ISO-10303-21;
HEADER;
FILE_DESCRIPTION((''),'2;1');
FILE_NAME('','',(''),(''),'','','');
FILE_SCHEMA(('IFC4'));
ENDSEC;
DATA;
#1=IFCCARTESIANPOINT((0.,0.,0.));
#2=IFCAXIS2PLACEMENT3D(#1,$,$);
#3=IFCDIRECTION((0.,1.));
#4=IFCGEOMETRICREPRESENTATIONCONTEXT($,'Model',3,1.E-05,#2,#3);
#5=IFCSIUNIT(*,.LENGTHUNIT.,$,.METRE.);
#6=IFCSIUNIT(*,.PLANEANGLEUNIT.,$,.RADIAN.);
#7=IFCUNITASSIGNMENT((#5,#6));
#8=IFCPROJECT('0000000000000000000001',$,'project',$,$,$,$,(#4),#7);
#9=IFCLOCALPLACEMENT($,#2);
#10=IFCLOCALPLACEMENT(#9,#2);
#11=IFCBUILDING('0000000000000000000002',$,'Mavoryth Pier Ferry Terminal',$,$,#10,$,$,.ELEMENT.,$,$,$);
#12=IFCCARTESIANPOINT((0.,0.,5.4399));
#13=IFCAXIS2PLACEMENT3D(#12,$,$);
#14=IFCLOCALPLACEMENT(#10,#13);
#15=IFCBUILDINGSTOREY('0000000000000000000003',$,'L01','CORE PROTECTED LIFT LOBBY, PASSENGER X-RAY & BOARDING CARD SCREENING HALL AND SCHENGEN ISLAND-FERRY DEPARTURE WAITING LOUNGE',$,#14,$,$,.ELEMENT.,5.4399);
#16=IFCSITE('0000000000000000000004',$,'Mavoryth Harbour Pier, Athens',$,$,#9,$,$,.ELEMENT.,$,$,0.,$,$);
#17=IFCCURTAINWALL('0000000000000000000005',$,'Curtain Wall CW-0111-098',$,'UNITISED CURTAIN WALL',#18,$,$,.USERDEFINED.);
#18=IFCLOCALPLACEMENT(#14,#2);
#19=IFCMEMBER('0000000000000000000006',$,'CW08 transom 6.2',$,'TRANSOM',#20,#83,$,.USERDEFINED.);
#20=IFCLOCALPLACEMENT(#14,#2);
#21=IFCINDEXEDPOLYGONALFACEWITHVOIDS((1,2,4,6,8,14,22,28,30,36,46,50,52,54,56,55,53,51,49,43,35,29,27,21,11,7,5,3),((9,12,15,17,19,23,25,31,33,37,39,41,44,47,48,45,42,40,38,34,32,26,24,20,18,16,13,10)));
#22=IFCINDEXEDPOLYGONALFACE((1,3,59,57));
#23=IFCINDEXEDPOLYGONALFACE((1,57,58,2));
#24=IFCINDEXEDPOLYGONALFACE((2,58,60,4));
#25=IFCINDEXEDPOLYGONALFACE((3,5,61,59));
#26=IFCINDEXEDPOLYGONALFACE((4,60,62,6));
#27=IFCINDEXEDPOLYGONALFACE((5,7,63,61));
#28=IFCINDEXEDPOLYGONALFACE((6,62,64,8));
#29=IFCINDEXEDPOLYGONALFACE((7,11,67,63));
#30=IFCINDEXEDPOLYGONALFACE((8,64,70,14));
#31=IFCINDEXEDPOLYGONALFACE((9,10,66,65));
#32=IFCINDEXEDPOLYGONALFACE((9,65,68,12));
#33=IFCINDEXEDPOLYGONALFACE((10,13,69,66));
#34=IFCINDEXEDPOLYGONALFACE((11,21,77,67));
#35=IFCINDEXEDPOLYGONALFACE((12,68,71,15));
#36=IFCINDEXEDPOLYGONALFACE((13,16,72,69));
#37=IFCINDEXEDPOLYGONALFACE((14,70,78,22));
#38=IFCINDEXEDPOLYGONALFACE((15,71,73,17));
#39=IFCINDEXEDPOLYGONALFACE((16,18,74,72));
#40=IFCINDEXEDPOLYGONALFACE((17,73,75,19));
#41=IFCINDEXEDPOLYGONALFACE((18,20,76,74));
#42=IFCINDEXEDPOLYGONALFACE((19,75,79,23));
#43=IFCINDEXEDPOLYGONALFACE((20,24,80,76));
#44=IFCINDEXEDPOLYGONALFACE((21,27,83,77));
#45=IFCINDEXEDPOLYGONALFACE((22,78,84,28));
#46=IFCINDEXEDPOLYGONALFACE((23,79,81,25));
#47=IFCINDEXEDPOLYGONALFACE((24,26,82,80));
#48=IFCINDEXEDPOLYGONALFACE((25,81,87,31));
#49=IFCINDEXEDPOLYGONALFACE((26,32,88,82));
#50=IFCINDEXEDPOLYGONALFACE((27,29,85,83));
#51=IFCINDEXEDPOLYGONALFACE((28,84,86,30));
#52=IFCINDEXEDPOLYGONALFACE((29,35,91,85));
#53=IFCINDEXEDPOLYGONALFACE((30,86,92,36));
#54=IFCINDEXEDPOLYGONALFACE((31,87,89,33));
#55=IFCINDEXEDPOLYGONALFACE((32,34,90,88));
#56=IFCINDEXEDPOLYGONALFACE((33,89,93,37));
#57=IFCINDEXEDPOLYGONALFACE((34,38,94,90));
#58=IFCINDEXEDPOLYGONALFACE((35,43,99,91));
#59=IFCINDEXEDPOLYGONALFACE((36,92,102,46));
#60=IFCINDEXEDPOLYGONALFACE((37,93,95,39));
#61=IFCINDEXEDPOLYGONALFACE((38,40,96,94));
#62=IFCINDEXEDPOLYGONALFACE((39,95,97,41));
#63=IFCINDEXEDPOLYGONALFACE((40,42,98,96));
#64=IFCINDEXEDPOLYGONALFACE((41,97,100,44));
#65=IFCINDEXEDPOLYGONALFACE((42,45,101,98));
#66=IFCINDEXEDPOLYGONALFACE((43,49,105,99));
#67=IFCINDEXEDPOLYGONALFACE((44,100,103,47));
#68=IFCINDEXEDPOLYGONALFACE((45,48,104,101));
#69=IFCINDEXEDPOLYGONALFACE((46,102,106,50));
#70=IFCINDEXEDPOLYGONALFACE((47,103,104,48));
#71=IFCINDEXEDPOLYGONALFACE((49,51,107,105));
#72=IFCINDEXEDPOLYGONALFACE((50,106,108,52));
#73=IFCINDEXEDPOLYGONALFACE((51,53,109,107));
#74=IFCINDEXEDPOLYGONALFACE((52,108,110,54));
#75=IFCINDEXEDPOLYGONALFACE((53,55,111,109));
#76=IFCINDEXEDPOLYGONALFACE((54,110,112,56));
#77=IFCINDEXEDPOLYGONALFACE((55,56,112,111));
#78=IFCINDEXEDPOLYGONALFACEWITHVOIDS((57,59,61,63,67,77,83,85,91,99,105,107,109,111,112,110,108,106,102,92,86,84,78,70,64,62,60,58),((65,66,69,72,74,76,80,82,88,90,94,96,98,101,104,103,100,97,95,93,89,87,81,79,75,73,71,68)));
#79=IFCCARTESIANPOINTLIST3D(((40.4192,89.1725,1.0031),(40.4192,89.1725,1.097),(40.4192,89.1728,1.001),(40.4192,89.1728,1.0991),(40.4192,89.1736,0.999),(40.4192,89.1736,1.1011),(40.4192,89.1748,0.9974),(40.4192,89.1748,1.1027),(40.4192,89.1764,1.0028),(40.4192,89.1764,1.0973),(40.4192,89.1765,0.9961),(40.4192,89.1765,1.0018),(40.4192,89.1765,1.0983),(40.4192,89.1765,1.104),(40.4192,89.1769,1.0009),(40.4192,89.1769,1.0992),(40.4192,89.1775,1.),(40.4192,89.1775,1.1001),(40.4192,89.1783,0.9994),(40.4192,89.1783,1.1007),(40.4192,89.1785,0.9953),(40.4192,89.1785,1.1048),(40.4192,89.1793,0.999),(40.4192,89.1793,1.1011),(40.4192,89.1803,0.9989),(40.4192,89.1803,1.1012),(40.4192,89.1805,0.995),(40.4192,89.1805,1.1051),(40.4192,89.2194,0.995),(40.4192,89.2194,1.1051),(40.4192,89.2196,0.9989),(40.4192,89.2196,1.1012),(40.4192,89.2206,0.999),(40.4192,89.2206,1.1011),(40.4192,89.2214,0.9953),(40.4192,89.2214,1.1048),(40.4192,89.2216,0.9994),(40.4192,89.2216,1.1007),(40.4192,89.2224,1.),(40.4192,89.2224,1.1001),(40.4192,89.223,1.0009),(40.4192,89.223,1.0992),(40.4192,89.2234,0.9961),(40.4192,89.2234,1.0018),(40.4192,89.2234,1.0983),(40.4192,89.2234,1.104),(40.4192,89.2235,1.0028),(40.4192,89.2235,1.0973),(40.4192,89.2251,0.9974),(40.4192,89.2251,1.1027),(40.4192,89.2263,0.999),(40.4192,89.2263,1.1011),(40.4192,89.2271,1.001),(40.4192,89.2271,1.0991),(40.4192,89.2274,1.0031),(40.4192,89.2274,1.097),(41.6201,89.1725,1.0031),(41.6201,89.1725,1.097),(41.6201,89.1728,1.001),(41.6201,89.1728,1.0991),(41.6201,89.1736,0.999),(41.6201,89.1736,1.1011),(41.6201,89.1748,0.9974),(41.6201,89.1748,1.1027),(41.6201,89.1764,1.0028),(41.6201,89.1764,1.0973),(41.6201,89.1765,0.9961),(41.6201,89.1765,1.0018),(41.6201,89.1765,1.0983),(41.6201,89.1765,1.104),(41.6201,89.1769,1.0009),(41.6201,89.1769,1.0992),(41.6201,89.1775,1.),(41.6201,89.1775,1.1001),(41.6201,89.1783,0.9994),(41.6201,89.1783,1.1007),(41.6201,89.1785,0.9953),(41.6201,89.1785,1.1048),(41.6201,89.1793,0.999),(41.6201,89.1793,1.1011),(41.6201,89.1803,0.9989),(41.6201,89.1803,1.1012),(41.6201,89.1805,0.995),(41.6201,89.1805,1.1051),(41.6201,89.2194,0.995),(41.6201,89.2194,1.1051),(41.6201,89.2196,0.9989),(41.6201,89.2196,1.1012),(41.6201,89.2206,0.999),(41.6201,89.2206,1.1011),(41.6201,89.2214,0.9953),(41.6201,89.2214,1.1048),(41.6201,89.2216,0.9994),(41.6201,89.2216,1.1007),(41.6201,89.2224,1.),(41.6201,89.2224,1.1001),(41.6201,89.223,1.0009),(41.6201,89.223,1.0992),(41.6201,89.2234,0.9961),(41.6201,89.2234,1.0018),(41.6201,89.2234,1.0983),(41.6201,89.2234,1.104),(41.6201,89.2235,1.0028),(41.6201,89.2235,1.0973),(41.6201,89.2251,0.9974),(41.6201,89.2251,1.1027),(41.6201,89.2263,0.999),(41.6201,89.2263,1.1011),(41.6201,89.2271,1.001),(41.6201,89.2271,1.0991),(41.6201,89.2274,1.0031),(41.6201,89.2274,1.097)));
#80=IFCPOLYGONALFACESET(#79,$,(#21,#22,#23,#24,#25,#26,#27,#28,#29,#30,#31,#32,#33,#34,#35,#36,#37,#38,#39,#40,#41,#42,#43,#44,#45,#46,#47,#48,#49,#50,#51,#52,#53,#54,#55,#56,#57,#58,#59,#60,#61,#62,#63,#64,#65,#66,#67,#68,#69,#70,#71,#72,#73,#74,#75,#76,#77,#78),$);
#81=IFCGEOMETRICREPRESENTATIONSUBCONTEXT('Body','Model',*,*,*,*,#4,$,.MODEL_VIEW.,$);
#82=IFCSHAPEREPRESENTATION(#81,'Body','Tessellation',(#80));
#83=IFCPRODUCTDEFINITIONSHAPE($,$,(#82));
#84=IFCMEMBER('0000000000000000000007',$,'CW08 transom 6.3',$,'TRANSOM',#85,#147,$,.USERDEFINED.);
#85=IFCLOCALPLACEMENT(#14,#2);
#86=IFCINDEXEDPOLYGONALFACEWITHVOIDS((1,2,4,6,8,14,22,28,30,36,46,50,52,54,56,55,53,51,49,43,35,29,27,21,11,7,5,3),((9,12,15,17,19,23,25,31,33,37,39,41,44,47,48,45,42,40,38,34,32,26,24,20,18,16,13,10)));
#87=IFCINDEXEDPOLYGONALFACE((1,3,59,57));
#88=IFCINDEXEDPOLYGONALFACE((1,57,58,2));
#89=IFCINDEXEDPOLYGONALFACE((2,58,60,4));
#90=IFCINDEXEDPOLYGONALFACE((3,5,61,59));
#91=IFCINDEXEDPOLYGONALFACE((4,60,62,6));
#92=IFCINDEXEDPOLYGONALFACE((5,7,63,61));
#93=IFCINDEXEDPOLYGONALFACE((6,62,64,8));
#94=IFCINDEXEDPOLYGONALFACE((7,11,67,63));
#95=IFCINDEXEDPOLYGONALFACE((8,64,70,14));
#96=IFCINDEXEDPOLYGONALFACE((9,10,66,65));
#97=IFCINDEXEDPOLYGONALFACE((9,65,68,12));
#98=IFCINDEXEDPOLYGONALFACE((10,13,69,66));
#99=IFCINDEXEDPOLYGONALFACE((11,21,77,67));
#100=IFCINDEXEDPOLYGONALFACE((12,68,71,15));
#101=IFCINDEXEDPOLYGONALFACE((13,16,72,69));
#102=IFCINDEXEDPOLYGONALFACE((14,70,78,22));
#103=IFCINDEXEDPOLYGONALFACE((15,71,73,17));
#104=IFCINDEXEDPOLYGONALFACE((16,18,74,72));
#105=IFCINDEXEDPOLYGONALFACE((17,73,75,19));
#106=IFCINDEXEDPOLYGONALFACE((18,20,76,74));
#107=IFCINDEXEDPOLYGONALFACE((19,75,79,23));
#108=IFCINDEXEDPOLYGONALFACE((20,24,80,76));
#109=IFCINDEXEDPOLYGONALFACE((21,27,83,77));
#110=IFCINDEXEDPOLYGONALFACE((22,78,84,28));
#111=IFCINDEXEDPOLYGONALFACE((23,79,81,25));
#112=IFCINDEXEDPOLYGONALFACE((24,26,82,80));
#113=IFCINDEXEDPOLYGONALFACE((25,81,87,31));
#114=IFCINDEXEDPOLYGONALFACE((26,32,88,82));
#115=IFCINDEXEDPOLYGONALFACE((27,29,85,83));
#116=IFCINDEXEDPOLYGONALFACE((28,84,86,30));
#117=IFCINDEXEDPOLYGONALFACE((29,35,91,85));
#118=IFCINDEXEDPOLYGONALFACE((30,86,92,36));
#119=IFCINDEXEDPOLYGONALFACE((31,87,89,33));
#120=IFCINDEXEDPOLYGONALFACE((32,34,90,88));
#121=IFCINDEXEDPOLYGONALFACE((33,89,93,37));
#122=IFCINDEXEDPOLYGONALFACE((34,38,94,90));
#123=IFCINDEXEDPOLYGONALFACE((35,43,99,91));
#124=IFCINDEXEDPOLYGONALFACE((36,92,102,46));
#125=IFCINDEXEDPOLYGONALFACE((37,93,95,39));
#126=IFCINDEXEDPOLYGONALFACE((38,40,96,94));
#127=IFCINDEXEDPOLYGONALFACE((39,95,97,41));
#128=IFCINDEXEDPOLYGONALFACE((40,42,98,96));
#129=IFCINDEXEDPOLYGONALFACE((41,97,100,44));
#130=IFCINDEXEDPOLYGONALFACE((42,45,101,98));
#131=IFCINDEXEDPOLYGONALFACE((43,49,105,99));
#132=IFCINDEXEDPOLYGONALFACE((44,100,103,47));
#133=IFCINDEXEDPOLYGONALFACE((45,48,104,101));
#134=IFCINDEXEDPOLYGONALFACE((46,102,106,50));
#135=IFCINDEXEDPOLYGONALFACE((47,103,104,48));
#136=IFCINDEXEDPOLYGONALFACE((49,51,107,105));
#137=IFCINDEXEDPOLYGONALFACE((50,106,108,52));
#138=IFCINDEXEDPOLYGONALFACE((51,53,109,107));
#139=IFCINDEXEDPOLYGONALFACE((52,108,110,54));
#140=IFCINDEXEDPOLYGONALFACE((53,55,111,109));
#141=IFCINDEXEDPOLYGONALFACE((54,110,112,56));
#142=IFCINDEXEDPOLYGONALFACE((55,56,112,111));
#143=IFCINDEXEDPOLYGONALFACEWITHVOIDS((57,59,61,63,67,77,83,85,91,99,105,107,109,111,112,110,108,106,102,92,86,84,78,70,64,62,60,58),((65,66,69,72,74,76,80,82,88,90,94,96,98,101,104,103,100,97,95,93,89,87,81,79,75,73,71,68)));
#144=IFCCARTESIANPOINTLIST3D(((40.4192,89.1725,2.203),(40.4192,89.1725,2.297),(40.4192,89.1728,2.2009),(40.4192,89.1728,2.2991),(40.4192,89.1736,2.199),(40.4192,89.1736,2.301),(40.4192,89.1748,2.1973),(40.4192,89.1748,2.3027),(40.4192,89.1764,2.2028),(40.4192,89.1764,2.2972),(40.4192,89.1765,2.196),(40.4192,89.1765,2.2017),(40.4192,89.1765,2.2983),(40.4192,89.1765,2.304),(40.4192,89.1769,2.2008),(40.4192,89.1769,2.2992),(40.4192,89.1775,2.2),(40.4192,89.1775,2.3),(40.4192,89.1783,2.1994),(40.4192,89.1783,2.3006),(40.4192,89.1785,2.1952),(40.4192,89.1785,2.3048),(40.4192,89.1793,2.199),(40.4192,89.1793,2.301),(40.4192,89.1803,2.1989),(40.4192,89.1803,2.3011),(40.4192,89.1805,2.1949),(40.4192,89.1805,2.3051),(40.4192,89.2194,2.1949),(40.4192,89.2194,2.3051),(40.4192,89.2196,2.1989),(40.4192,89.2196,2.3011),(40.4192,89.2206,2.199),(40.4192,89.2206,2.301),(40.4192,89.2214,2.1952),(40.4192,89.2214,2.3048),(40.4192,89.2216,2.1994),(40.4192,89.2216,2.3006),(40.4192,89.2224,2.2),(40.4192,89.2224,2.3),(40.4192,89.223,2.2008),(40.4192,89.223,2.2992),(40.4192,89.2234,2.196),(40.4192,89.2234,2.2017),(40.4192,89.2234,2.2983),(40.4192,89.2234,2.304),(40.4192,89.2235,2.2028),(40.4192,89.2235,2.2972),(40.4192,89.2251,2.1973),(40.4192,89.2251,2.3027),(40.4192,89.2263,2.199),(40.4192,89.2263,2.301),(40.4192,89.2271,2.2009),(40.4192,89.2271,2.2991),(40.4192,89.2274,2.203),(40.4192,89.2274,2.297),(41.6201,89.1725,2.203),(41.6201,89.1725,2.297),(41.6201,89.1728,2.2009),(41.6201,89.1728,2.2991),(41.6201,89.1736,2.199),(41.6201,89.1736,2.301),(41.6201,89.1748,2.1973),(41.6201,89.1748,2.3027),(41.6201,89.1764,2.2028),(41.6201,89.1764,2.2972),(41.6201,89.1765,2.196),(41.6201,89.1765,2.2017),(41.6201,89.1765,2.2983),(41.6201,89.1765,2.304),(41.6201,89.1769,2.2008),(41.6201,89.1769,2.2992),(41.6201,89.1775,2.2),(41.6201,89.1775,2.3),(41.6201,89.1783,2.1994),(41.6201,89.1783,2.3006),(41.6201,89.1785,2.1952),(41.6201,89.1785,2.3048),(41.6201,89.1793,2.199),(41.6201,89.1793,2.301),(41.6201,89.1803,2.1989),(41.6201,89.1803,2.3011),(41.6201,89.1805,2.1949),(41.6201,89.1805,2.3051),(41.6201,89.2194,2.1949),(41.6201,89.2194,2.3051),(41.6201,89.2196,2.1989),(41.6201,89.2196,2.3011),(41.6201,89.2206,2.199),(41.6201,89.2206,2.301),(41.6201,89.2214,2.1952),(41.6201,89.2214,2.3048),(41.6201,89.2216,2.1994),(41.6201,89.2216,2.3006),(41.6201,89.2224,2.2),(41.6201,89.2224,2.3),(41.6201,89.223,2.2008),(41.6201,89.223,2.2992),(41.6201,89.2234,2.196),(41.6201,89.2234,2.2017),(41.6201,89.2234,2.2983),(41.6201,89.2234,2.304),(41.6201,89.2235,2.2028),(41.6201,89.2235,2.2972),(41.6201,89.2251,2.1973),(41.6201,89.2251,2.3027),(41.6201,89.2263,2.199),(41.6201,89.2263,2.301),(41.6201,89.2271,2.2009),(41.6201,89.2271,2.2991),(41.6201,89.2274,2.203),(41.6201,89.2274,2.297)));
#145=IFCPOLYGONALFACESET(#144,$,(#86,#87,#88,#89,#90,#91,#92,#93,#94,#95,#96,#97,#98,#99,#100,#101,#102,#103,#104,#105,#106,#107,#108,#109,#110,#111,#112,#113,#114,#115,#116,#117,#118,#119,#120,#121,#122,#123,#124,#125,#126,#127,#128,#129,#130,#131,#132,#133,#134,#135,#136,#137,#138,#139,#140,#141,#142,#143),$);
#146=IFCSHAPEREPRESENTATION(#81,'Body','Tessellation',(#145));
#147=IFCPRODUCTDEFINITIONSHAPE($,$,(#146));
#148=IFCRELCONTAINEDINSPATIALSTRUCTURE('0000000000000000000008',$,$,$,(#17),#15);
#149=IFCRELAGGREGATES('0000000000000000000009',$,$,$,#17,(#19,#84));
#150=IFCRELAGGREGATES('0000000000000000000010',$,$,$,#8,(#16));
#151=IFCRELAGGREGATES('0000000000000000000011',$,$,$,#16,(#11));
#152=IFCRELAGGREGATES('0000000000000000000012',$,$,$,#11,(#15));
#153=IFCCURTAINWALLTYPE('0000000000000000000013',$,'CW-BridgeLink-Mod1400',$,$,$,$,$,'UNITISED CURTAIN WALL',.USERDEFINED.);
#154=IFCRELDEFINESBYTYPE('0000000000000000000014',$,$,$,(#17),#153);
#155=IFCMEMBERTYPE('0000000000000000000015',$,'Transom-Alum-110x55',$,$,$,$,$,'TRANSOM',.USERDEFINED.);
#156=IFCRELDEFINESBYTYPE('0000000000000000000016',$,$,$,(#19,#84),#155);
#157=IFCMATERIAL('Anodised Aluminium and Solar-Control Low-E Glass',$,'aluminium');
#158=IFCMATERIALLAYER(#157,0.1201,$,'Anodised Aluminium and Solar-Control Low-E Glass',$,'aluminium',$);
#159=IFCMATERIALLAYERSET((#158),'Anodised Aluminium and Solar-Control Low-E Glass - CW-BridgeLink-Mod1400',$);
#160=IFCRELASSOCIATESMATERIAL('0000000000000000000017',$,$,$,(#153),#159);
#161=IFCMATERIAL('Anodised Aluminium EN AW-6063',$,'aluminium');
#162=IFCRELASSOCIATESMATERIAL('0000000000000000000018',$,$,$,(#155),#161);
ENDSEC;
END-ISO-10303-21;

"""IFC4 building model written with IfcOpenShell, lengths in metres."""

from ifc_helpers import new_model, si_unit, direction, frame, origin, origin_2d, place, context, subcontext, project, spatial, hollow_rectangle, extrude, material, layer, layer_set, material_profile, profile_set, type_object, element, aggregate, save


model = new_model("IFC4")

# Units and contexts
model_context = context("Model", 3, precision=1e-05, world=origin(), true_north=direction((0.0, 1.0)))
body_context = subcontext(model_context, "Body", "Model", "MODEL_VIEW")
ifc_project = project(units=[si_unit("LENGTHUNIT", "METRE"), si_unit("PLANEANGLEUNIT", "RADIAN")], contexts=[model_context])

# Site, building, storey
site_placement = place(None, origin())
site = spatial("IfcSite", under=ifc_project, at=site_placement, Name="Mavoryth Harbour Pier, Athens", CompositionType="ELEMENT", RefElevation=0.0)
building_placement = place(site_placement, origin())
building = spatial("IfcBuilding", under=site, at=building_placement, Name="Mavoryth Pier Ferry Terminal", CompositionType="ELEMENT")
storey_placement = place(building_placement, frame((0.0, 0.0, 5.4399)))
storey = spatial("IfcBuildingStorey", under=building, at=storey_placement, Name="L01", Description="CORE PROTECTED LIFT LOBBY, PASSENGER X-RAY & BOARDING CARD SCREENING HALL AND SCHENGEN ISLAND-FERRY DEPARTURE WAITING LOUNGE", CompositionType="ELEMENT", Elevation=5.4399)

# Curtain wall
ifc_material_1 = material(Name="Anodised Aluminium and Solar-Control Low-E Glass", Category="aluminium")
ifc_layer_1 = layer(ifc_material_1, 0.1201, Name="Anodised Aluminium and Solar-Control Low-E Glass", Category="aluminium")
ifc_layer_set_1 = layer_set([ifc_layer_1], Name="Anodised Aluminium and Solar-Control Low-E Glass - CW-BridgeLink-Mod1400")
curtain_wall_type = type_object("IfcCurtainWallType", Name="CW-BridgeLink-Mod1400", ElementType="UNITISED CURTAIN WALL", PredefinedType="USERDEFINED", material=ifc_layer_set_1)
curtain_wall_1_placement = place(storey_placement, origin())
curtain_wall_1 = element("IfcCurtainWall", 1, at=curtain_wall_1_placement, inside=storey, type_object=curtain_wall_type, Name="Curtain Wall CW-0111-098", ObjectType="UNITISED CURTAIN WALL", PredefinedType="USERDEFINED")
ifc_material_2 = material(Name="Anodised Aluminium EN AW-6063", Category="aluminium")

# Members
ifc_material_profile_1 = material_profile(ifc_material_2, hollow_rectangle(XDim=0.0549, YDim=0.1101, WallThickness=0.0039, InnerFilletRadius=0.0039, OuterFilletRadius=0.0081, at=origin_2d()), Name="AL-TRAN 110x55x4", Category="aluminium")
ifc_profile_set_1 = profile_set([ifc_material_profile_1], Name="Anodised Aluminium EN AW-6063 - AL-TRAN 110x55x4")
member_type_1 = type_object("IfcMemberType", Name="Transom-Alum-110x55", ElementType="TRANSOM", PredefinedType="USERDEFINED", material=ifc_profile_set_1)
member_1_placement = place(storey_placement, frame((40.4192, 89.2, 1.05), z_axis=(1.0, 0.0, 0.0), x_axis=(0.0, 1.0, 0.0)))
member_1 = element("IfcMember", 2, at=member_1_placement, type_object=member_type_1, Name="CW08 transom 6.2", ObjectType="TRANSOM", PredefinedType="USERDEFINED", context=body_context, shape_type="SweptSolid", body=[
    extrude(hollow_rectangle(XDim=0.0549, YDim=0.1101, WallThickness=0.0039, InnerFilletRadius=0.0039, OuterFilletRadius=0.0081, at=origin_2d()), origin(), (0.0, 0.0, 1.0), 1.2009),
])
member_2_placement = place(storey_placement, frame((40.4192, 89.2, 2.25), z_axis=(1.0, 0.0, 0.0), x_axis=(0.0, 1.0, 0.0)))
member_2 = element("IfcMember", 3, at=member_2_placement, type_object=member_type_1, Name="CW08 transom 6.3", ObjectType="TRANSOM", PredefinedType="USERDEFINED", context=body_context, shape_type="SweptSolid", body=[
    extrude(hollow_rectangle(XDim=0.0549, YDim=0.1101, WallThickness=0.0039, InnerFilletRadius=0.0039, OuterFilletRadius=0.0081, at=origin_2d()), origin(), (0.0, 0.0, 1.0), 1.2009),
])

aggregate(curtain_wall_1, [member_1, member_2])

save(model, "model.ifc")
